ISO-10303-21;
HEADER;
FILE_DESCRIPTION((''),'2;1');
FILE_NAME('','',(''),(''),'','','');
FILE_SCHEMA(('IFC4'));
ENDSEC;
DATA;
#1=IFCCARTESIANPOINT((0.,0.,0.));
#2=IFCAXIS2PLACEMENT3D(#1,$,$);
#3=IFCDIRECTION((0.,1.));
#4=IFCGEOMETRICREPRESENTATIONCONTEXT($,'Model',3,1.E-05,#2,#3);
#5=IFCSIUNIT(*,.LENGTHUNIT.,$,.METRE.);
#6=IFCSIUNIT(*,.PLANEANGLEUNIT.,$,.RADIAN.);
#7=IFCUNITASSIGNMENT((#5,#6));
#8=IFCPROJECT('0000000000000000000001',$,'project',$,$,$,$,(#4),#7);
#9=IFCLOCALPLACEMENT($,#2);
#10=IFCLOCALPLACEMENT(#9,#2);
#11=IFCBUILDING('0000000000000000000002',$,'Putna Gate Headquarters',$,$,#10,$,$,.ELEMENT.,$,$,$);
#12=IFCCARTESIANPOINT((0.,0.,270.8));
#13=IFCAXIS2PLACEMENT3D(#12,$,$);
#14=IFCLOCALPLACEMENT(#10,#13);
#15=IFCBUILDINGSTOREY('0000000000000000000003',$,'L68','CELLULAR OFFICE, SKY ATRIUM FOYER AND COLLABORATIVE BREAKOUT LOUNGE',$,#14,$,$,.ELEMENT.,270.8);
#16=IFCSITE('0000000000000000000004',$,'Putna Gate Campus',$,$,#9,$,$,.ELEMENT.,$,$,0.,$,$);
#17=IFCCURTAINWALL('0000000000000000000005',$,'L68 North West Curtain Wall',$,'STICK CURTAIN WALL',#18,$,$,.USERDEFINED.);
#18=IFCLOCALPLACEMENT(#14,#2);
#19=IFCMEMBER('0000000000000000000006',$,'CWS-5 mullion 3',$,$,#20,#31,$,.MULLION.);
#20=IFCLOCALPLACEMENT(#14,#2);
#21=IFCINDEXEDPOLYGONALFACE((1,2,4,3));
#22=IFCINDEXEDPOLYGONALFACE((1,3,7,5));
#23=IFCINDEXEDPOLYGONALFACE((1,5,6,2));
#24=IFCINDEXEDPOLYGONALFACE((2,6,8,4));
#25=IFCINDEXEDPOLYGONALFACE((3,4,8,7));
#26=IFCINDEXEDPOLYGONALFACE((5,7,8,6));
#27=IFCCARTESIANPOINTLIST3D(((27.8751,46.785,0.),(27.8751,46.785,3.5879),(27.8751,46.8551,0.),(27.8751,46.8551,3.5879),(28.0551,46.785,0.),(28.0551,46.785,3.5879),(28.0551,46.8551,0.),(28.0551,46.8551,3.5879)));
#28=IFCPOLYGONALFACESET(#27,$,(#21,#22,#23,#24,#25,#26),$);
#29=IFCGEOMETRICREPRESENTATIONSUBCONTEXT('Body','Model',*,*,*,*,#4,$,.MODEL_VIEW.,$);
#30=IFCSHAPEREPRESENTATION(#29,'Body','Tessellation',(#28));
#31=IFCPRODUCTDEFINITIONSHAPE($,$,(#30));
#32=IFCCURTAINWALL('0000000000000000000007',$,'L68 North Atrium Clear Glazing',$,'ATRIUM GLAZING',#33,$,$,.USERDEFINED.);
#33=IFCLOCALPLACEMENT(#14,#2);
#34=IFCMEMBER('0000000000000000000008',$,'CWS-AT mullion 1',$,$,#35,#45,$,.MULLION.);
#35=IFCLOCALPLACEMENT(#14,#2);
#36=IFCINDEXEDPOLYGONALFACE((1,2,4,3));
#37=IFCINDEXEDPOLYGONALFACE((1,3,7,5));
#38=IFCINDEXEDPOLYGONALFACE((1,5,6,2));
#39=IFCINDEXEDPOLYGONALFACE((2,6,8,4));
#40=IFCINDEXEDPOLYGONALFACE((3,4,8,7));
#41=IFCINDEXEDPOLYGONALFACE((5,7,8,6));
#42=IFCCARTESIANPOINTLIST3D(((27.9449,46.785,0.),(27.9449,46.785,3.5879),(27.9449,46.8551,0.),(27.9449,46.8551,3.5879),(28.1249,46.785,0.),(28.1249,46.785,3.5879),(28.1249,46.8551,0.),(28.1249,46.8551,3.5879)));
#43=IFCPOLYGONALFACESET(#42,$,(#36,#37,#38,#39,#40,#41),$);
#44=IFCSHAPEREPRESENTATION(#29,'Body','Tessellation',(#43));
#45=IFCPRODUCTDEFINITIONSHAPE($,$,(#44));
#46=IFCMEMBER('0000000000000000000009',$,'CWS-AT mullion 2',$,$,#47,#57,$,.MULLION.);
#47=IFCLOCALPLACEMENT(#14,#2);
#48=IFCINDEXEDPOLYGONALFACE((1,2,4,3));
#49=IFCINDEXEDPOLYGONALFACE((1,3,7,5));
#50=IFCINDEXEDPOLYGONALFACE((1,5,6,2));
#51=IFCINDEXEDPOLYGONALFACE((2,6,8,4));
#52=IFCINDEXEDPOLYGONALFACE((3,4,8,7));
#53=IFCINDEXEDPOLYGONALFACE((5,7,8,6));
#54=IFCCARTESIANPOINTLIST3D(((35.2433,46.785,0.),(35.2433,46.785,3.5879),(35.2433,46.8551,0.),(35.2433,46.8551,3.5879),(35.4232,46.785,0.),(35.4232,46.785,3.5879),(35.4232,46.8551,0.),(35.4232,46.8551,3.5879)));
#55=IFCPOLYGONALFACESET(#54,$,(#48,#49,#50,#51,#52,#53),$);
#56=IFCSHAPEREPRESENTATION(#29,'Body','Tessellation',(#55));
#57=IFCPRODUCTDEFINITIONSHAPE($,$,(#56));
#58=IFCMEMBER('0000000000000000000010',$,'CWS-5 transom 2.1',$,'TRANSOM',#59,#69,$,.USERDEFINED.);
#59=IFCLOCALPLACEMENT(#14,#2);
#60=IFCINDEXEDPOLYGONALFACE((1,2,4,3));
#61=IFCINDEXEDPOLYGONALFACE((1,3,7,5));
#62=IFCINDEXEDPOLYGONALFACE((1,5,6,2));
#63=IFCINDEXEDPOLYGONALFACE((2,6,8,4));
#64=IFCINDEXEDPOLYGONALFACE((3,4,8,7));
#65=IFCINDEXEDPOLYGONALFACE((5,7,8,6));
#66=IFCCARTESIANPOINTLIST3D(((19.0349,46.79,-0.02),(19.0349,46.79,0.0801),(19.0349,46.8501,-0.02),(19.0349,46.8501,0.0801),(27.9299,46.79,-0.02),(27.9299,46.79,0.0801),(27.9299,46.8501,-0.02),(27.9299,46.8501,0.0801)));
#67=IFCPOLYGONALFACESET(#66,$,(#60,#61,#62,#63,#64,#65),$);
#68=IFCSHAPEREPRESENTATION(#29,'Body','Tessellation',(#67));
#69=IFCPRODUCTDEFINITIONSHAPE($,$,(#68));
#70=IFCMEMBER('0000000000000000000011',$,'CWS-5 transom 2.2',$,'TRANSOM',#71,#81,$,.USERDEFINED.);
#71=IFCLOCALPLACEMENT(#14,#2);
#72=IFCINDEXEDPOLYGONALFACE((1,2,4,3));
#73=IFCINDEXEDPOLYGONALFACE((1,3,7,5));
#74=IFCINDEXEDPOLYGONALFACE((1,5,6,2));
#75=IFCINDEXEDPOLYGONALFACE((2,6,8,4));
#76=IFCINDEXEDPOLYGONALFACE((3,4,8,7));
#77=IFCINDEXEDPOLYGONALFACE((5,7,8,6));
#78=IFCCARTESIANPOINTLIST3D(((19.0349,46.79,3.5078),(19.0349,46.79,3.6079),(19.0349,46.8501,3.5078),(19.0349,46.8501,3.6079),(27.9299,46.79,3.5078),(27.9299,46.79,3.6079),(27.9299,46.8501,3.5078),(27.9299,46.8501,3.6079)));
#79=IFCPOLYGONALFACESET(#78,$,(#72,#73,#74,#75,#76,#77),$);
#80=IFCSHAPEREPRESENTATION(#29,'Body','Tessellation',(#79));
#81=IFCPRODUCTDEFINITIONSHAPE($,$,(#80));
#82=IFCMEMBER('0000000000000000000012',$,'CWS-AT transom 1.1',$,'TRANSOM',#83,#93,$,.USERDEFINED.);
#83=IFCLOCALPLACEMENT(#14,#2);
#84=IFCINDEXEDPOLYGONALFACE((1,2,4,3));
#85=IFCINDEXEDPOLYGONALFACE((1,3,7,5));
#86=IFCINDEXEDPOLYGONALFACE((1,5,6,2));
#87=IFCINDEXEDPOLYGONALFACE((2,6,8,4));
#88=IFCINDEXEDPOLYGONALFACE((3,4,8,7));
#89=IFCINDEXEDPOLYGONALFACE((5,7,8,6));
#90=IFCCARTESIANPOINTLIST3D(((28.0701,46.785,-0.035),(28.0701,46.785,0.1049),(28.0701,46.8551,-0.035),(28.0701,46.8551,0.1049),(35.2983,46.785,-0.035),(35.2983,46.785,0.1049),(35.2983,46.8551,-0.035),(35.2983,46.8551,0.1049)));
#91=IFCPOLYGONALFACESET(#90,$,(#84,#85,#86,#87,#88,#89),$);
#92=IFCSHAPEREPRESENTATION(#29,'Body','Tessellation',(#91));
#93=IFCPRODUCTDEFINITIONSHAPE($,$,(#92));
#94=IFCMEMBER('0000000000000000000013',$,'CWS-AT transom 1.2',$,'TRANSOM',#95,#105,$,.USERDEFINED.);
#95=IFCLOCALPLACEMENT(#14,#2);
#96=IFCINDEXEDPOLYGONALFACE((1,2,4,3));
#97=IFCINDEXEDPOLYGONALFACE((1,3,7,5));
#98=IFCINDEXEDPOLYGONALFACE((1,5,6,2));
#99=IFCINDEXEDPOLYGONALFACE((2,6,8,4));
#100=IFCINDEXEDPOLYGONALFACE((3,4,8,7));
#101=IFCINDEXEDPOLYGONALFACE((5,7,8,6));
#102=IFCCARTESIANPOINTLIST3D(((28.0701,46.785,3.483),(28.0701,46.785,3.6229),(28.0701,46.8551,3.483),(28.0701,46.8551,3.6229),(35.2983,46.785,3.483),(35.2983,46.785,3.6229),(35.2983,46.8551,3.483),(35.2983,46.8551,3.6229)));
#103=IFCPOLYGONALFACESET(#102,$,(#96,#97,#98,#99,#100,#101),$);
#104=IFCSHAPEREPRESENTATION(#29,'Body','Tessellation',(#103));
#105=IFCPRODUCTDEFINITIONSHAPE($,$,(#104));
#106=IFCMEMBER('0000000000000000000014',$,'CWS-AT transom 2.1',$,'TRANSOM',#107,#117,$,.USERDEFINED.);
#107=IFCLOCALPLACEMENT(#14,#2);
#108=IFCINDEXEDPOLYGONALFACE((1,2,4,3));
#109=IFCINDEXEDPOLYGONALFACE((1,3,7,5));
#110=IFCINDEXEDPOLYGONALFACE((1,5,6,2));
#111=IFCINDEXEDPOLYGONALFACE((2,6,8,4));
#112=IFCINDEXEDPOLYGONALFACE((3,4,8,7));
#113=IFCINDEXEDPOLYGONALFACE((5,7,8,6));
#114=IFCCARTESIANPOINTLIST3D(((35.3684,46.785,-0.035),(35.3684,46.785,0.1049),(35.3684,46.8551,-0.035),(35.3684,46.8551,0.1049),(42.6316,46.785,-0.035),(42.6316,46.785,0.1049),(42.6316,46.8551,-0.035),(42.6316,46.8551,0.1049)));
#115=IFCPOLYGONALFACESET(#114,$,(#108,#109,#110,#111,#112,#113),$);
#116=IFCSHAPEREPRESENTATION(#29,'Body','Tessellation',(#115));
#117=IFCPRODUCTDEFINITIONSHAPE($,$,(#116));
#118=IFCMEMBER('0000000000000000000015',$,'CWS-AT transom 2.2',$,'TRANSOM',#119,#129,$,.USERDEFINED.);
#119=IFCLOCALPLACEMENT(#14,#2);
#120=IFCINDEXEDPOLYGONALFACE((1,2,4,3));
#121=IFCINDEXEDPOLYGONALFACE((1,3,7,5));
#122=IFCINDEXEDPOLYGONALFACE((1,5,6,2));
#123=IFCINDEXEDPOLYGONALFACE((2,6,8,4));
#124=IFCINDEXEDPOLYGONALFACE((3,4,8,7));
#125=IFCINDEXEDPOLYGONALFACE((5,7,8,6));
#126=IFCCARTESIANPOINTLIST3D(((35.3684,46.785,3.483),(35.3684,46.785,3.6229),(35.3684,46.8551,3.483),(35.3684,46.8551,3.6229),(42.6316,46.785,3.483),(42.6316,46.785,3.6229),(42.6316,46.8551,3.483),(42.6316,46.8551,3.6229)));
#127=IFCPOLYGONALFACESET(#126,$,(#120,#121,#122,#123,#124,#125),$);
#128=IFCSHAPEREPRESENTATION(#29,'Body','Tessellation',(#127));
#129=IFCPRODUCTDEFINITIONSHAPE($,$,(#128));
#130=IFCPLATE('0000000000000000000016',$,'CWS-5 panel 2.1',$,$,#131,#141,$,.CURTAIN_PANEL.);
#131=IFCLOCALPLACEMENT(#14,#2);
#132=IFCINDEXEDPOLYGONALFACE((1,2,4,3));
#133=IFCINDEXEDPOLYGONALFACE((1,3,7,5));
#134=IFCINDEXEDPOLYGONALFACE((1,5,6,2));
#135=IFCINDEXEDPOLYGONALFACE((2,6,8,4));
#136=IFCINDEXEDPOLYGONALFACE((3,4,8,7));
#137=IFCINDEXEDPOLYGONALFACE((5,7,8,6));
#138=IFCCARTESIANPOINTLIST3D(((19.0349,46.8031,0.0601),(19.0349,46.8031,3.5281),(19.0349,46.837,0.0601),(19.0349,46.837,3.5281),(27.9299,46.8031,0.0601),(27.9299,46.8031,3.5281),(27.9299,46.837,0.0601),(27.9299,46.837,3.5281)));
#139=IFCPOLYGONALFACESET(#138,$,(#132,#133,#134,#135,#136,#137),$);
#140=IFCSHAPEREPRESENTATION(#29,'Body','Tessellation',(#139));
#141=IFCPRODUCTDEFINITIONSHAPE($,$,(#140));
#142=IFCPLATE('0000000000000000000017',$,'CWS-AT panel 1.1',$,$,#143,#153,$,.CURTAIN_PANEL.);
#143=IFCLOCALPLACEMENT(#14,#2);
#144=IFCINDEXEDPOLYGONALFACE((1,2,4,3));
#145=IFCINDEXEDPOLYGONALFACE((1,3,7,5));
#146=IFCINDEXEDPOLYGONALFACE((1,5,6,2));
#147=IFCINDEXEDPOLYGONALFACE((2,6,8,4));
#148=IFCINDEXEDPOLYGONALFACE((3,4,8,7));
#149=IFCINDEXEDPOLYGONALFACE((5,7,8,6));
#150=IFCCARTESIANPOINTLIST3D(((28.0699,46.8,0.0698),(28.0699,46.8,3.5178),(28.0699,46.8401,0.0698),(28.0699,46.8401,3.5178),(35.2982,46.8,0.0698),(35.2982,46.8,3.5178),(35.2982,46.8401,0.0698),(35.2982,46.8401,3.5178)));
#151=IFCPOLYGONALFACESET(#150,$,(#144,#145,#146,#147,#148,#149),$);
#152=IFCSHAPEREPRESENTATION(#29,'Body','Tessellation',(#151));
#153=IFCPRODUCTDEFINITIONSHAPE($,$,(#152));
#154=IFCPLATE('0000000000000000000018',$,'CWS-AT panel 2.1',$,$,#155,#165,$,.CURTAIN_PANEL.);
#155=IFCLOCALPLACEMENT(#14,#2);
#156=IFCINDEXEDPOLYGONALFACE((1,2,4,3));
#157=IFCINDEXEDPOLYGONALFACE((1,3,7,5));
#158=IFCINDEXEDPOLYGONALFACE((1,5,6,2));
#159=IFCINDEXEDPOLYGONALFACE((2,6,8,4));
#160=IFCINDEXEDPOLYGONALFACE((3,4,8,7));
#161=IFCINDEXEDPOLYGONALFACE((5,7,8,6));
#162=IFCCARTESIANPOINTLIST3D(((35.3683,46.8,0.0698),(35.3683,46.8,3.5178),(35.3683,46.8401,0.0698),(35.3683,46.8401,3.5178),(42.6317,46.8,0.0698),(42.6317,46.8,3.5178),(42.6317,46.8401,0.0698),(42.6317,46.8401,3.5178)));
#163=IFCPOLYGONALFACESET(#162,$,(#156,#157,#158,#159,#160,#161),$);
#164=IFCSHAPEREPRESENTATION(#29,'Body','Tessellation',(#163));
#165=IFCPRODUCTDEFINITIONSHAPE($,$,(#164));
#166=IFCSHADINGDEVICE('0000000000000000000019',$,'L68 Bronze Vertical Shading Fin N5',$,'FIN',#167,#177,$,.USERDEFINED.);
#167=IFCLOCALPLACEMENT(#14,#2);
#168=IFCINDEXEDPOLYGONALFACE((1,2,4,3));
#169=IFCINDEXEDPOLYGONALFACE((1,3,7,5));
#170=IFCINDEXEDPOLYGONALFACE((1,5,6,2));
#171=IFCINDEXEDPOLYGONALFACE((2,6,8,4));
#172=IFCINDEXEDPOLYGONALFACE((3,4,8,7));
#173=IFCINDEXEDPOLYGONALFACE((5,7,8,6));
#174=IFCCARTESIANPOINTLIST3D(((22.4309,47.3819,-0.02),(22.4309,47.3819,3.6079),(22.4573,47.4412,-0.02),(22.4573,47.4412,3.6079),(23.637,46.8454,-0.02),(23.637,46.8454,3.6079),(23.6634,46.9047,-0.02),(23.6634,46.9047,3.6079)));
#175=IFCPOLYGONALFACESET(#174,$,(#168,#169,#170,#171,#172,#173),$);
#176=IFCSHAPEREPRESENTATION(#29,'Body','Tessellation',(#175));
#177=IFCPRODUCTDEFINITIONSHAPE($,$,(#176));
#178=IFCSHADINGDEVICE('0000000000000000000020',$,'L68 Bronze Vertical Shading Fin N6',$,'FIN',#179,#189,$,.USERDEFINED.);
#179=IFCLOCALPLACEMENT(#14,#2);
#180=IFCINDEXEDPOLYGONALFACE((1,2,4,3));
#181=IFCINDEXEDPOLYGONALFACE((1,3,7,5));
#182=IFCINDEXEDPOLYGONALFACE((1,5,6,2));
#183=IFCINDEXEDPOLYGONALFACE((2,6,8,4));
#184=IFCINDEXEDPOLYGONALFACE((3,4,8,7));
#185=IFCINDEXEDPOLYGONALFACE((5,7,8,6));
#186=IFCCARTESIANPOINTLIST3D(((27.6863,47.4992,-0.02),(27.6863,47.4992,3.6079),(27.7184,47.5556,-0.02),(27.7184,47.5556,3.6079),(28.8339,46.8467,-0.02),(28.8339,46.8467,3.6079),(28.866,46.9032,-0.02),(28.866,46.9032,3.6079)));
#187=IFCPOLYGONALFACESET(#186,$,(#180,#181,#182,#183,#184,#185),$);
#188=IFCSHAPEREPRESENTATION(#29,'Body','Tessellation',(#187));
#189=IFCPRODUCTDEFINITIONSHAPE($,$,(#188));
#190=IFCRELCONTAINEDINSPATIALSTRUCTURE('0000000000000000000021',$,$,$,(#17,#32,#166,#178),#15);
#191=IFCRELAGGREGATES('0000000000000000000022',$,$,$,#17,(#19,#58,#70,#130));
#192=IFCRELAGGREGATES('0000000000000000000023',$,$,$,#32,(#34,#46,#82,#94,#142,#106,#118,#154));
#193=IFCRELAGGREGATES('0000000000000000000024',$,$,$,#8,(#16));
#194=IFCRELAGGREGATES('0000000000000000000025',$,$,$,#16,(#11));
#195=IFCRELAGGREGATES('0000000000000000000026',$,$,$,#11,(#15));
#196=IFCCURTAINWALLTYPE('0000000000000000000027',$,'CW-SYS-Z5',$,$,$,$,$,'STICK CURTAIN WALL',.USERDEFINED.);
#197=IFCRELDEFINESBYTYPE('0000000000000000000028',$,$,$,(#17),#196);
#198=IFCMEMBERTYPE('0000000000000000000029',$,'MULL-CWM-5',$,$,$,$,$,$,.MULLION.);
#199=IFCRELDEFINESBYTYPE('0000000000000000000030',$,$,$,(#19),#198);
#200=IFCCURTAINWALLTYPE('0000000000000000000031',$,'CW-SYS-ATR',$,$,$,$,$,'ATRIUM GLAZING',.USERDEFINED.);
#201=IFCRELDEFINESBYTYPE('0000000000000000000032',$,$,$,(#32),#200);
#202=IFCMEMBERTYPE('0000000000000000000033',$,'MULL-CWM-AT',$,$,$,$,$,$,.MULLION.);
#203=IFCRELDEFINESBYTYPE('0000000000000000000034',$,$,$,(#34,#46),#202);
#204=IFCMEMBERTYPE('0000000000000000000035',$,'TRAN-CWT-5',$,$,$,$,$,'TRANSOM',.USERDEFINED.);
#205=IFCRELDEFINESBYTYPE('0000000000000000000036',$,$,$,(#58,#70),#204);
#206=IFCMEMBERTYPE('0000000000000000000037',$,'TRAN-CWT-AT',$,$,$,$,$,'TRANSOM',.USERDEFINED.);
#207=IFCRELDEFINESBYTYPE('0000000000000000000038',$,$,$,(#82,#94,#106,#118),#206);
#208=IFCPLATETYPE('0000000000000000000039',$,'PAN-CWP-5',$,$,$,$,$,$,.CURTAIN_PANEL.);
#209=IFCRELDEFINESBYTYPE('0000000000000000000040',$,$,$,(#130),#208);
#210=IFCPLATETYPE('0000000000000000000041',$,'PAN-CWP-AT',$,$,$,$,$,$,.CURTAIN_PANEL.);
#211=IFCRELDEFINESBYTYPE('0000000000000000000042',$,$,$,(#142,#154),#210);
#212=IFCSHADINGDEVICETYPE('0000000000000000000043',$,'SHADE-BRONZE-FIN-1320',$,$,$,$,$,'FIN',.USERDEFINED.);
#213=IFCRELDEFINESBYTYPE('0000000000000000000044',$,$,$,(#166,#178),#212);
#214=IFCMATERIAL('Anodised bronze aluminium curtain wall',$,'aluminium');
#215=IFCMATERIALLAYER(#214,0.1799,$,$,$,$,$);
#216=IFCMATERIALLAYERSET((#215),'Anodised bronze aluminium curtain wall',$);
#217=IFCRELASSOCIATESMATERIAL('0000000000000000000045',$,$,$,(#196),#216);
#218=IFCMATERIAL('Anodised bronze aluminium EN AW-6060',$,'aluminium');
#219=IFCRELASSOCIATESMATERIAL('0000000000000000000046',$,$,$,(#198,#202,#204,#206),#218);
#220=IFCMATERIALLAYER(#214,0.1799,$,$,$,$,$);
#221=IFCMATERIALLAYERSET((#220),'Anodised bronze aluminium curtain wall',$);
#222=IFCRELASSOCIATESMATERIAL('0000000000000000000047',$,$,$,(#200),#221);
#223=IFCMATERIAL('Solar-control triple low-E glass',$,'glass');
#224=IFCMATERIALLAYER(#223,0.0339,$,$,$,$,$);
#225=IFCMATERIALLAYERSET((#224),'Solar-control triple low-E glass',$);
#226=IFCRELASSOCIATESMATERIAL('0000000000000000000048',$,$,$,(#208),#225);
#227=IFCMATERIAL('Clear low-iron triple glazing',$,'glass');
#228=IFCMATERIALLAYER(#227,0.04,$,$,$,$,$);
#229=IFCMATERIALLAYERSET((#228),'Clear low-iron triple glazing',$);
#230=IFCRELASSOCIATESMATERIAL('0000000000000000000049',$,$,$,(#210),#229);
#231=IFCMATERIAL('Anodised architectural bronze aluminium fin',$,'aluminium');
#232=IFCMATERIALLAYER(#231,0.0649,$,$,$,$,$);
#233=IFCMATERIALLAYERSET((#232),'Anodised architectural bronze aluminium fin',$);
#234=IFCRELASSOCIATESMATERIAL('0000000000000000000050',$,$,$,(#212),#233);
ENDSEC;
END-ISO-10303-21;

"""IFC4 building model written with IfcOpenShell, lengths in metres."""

from ifc_helpers import new_model, si_unit, direction, frame, origin, origin_2d, place, context, subcontext, project, spatial, rectangle, extrude, material, layer, layer_set, material_profile, profile_set, type_object, element, aggregate, save


model = new_model("IFC4")

# Units and contexts
model_context = context("Model", 3, precision=1e-05, world=origin(), true_north=direction((0.0, 1.0)))
body_context = subcontext(model_context, "Body", "Model", "MODEL_VIEW")
ifc_project = project(units=[si_unit("LENGTHUNIT", "METRE"), si_unit("PLANEANGLEUNIT", "RADIAN")], contexts=[model_context])

# Site, building, storey
site_placement = place(None, origin())
site = spatial("IfcSite", under=ifc_project, at=site_placement, Name="Putna Gate Campus", CompositionType="ELEMENT", RefElevation=0.0)
building_placement = place(site_placement, origin())
building = spatial("IfcBuilding", under=site, at=building_placement, Name="Putna Gate Headquarters", CompositionType="ELEMENT")
storey_placement = place(building_placement, frame((0.0, 0.0, 270.8)))
storey = spatial("IfcBuildingStorey", under=building, at=storey_placement, Name="L68", Description="CELLULAR OFFICE, SKY ATRIUM FOYER AND COLLABORATIVE BREAKOUT LOUNGE", CompositionType="ELEMENT", Elevation=270.8)

# Curtain wall, member
ifc_material_1 = material(Name="Anodised bronze aluminium curtain wall", Category="aluminium")
ifc_layer_1 = layer(ifc_material_1, 0.1799)
ifc_layer_set_1 = layer_set([ifc_layer_1], Name="Anodised bronze aluminium curtain wall")
curtain_wall_type_1 = type_object("IfcCurtainWallType", Name="CW-SYS-Z5", ElementType="STICK CURTAIN WALL", PredefinedType="USERDEFINED", material=ifc_layer_set_1)
curtain_wall_1_placement = place(storey_placement, origin())
curtain_wall_1 = element("IfcCurtainWall", 1, at=curtain_wall_1_placement, inside=storey, type_object=curtain_wall_type_1, Name="L68 North West Curtain Wall", ObjectType="STICK CURTAIN WALL", PredefinedType="USERDEFINED")
ifc_material_2 = material(Name="Anodised bronze aluminium EN AW-6060", Category="aluminium")
ifc_material_profile_1 = material_profile(ifc_material_2, rectangle(XDim=0.0701, YDim=0.1799, at=origin_2d()), Name="Anodised bronze aluminium EN AW-6060")
ifc_profile_set_1 = profile_set([ifc_material_profile_1], Name="Anodised bronze aluminium EN AW-6060")
member_type_1 = type_object("IfcMemberType", Name="MULL-CWM-5", PredefinedType="MULLION", material=ifc_profile_set_1)
member_1_placement = place(storey_placement, frame((27.9651, 46.8201, 0.0), z_axis=(0.0, 0.0, 1.0), x_axis=(0.0, 1.0, 0.0)))
member_1 = element("IfcMember", 2, at=member_1_placement, type_object=member_type_1, Name="CWS-5 mullion 3", PredefinedType="MULLION", context=body_context, shape_type="SweptSolid", body=[
    extrude(rectangle(XDim=0.0701, YDim=0.1799, at=origin_2d()), origin(), (0.0, 0.0, 1.0), 3.5879),
])

# Curtain wall, members
ifc_layer_2 = layer(ifc_material_1, 0.1799)
ifc_layer_set_2 = layer_set([ifc_layer_2], Name="Anodised bronze aluminium curtain wall")
curtain_wall_type_2 = type_object("IfcCurtainWallType", Name="CW-SYS-ATR", ElementType="ATRIUM GLAZING", PredefinedType="USERDEFINED", material=ifc_layer_set_2)
curtain_wall_2_placement = place(storey_placement, origin())
curtain_wall_2 = element("IfcCurtainWall", 3, at=curtain_wall_2_placement, inside=storey, type_object=curtain_wall_type_2, Name="L68 North Atrium Clear Glazing", ObjectType="ATRIUM GLAZING", PredefinedType="USERDEFINED")
ifc_material_profile_2 = material_profile(ifc_material_2, rectangle(XDim=0.0701, YDim=0.1799, at=origin_2d()), Name="Anodised bronze aluminium EN AW-6060")
ifc_profile_set_2 = profile_set([ifc_material_profile_2], Name="Anodised bronze aluminium EN AW-6060")
member_type_2 = type_object("IfcMemberType", Name="MULL-CWM-AT", PredefinedType="MULLION", material=ifc_profile_set_2)
member_2_placement = place(storey_placement, frame((28.0349, 46.8201, 0.0), z_axis=(0.0, 0.0, 1.0), x_axis=(0.0, 1.0, 0.0)))
member_2 = element("IfcMember", 4, at=member_2_placement, type_object=member_type_2, Name="CWS-AT mullion 1", PredefinedType="MULLION", context=body_context, shape_type="SweptSolid", body=[
    extrude(rectangle(XDim=0.0701, YDim=0.1799, at=origin_2d()), origin(), (0.0, 0.0, 1.0), 3.5879),
])
member_3_placement = place(storey_placement, frame((35.3333, 46.8201, 0.0), z_axis=(0.0, 0.0, 1.0), x_axis=(0.0, 1.0, 0.0)))
member_3 = element("IfcMember", 5, at=member_3_placement, type_object=member_type_2, Name="CWS-AT mullion 2", PredefinedType="MULLION", context=body_context, shape_type="SweptSolid", body=[
    extrude(rectangle(XDim=0.0701, YDim=0.1799, at=origin_2d()), origin(), (0.0, 0.0, 1.0), 3.5879),
])

# Members
ifc_material_profile_3 = material_profile(ifc_material_2, rectangle(XDim=0.0601, YDim=0.1001, at=origin_2d()), Name="Anodised bronze aluminium EN AW-6060")
ifc_profile_set_3 = profile_set([ifc_material_profile_3], Name="Anodised bronze aluminium EN AW-6060")
member_type_3 = type_object("IfcMemberType", Name="TRAN-CWT-5", ElementType="TRANSOM", PredefinedType="USERDEFINED", material=ifc_profile_set_3)
member_4_placement = place(storey_placement, frame((19.0349, 46.8201, 0.03), z_axis=(1.0, 0.0, 0.0), x_axis=(0.0, 1.0, 0.0)))
member_4 = element("IfcMember", 6, at=member_4_placement, type_object=member_type_3, Name="CWS-5 transom 2.1", ObjectType="TRANSOM", PredefinedType="USERDEFINED", context=body_context, shape_type="SweptSolid", body=[
    extrude(rectangle(XDim=0.0601, YDim=0.1001, at=origin_2d()), origin(), (0.0, 0.0, 1.0), 8.895),
])
member_5_placement = place(storey_placement, frame((19.0349, 46.8201, 3.5579), z_axis=(1.0, 0.0, 0.0), x_axis=(0.0, 1.0, 0.0)))
member_5 = element("IfcMember", 7, at=member_5_placement, type_object=member_type_3, Name="CWS-5 transom 2.2", ObjectType="TRANSOM", PredefinedType="USERDEFINED", context=body_context, shape_type="SweptSolid", body=[
    extrude(rectangle(XDim=0.0601, YDim=0.1001, at=origin_2d()), origin(), (0.0, 0.0, 1.0), 8.895),
])
ifc_material_profile_4 = material_profile(ifc_material_2, rectangle(XDim=0.0701, YDim=0.1399, at=origin_2d()), Name="Anodised bronze aluminium EN AW-6060")
ifc_profile_set_4 = profile_set([ifc_material_profile_4], Name="Anodised bronze aluminium EN AW-6060")
member_type_4 = type_object("IfcMemberType", Name="TRAN-CWT-AT", ElementType="TRANSOM", PredefinedType="USERDEFINED", material=ifc_profile_set_4)
member_6_placement = place(storey_placement, frame((28.0701, 46.8201, 0.0349), z_axis=(1.0, 0.0, 0.0), x_axis=(0.0, 1.0, 0.0)))
member_6 = element("IfcMember", 8, at=member_6_placement, type_object=member_type_4, Name="CWS-AT transom 1.1", ObjectType="TRANSOM", PredefinedType="USERDEFINED", context=body_context, shape_type="SweptSolid", body=[
    extrude(rectangle(XDim=0.0701, YDim=0.1399, at=origin_2d()), origin(), (0.0, 0.0, 1.0), 7.2283),
])
member_7_placement = place(storey_placement, frame((28.0701, 46.8201, 3.553), z_axis=(1.0, 0.0, 0.0), x_axis=(0.0, 1.0, 0.0)))
member_7 = element("IfcMember", 9, at=member_7_placement, type_object=member_type_4, Name="CWS-AT transom 1.2", ObjectType="TRANSOM", PredefinedType="USERDEFINED", context=body_context, shape_type="SweptSolid", body=[
    extrude(rectangle(XDim=0.0701, YDim=0.1399, at=origin_2d()), origin(), (0.0, 0.0, 1.0), 7.2283),
])
member_8_placement = place(storey_placement, frame((35.3684, 46.8201, 0.0349), z_axis=(1.0, 0.0, 0.0), x_axis=(0.0, 1.0, 0.0)))
member_8 = element("IfcMember", 10, at=member_8_placement, type_object=member_type_4, Name="CWS-AT transom 2.1", ObjectType="TRANSOM", PredefinedType="USERDEFINED", context=body_context, shape_type="SweptSolid", body=[
    extrude(rectangle(XDim=0.0701, YDim=0.1399, at=origin_2d()), origin(), (0.0, 0.0, 1.0), 7.2632),
])
member_9_placement = place(storey_placement, frame((35.3684, 46.8201, 3.553), z_axis=(1.0, 0.0, 0.0), x_axis=(0.0, 1.0, 0.0)))
member_9 = element("IfcMember", 11, at=member_9_placement, type_object=member_type_4, Name="CWS-AT transom 2.2", ObjectType="TRANSOM", PredefinedType="USERDEFINED", context=body_context, shape_type="SweptSolid", body=[
    extrude(rectangle(XDim=0.0701, YDim=0.1399, at=origin_2d()), origin(), (0.0, 0.0, 1.0), 7.2632),
])

# Plates
ifc_material_3 = material(Name="Solar-control triple low-E glass", Category="glass")
ifc_layer_3 = layer(ifc_material_3, 0.0339)
ifc_layer_set_3 = layer_set([ifc_layer_3], Name="Solar-control triple low-E glass")
plate_type_1 = type_object("IfcPlateType", Name="PAN-CWP-5", PredefinedType="CURTAIN_PANEL", material=ifc_layer_set_3)
plate_1_placement = place(storey_placement, frame((23.4824, 46.8201, 0.0601), z_axis=(0.0, 0.0, 1.0), x_axis=(1.0, 0.0, 0.0)))
plate_1 = element("IfcPlate", 12, at=plate_1_placement, type_object=plate_type_1, Name="CWS-5 panel 2.1", PredefinedType="CURTAIN_PANEL", context=body_context, shape_type="SweptSolid", body=[
    extrude(rectangle(XDim=8.895, YDim=0.0339, at=origin_2d()), origin(), (0.0, 0.0, 1.0), 3.468),
])
aggregate(curtain_wall_1, [member_1, member_4, member_5, plate_1])
ifc_material_4 = material(Name="Clear low-iron triple glazing", Category="glass")
ifc_layer_4 = layer(ifc_material_4, 0.04)
ifc_layer_set_4 = layer_set([ifc_layer_4], Name="Clear low-iron triple glazing")
plate_type_2 = type_object("IfcPlateType", Name="PAN-CWP-AT", PredefinedType="CURTAIN_PANEL", material=ifc_layer_set_4)
plate_2_placement = place(storey_placement, frame((31.6841, 46.8201, 0.0698), z_axis=(0.0, 0.0, 1.0), x_axis=(1.0, 0.0, 0.0)))
plate_2 = element("IfcPlate", 13, at=plate_2_placement, type_object=plate_type_2, Name="CWS-AT panel 1.1", PredefinedType="CURTAIN_PANEL", context=body_context, shape_type="SweptSolid", body=[
    extrude(rectangle(XDim=7.2283, YDim=0.04, at=origin_2d()), origin(), (0.0, 0.0, 1.0), 3.448),
])
plate_3_placement = place(storey_placement, frame((39.0, 46.8201, 0.0698), z_axis=(0.0, 0.0, 1.0), x_axis=(1.0, 0.0, 0.0)))
plate_3 = element("IfcPlate", 14, at=plate_3_placement, type_object=plate_type_2, Name="CWS-AT panel 2.1", PredefinedType="CURTAIN_PANEL", context=body_context, shape_type="SweptSolid", body=[
    extrude(rectangle(XDim=7.2634, YDim=0.04, at=origin_2d()), origin(), (0.0, 0.0, 1.0), 3.448),
])
aggregate(curtain_wall_2, [member_2, member_3, member_6, member_7, plate_2, member_8, member_9, plate_3])

# Shading devices
ifc_material_5 = material(Name="Anodised architectural bronze aluminium fin", Category="aluminium")
ifc_layer_5 = layer(ifc_material_5, 0.0649)
ifc_layer_set_5 = layer_set([ifc_layer_5], Name="Anodised architectural bronze aluminium fin")
shading_device_type = type_object("IfcShadingDeviceType", Name="SHADE-BRONZE-FIN-1320", ElementType="FIN", PredefinedType="USERDEFINED", material=ifc_layer_set_5)
for number, where, z_axis, x_axis, name in (
    (15, (23.0471, 47.1433, -0.02), (0.0, 0.0, 1.0), (-0.913687, 0.406418, 0.0), "L68 Bronze Vertical Shading Fin N5"),
    (16, (28.2761, 47.2012, -0.02), (0.0, 0.0, 1.0), (-0.869322, 0.494245, 0.0), "L68 Bronze Vertical Shading Fin N6"),
):
    element("IfcShadingDevice", number, at=place(storey_placement, frame(where, z_axis=z_axis, x_axis=x_axis)), inside=storey, type_object=shading_device_type, Name=name, ObjectType="FIN", PredefinedType="USERDEFINED", context=body_context, shape_type="SweptSolid", body=[
        extrude(rectangle(XDim=1.3201, YDim=0.0649, at=origin_2d()), origin(), (0.0, 0.0, 1.0), 3.6279),
    ])

save(model, "model.ifc")
